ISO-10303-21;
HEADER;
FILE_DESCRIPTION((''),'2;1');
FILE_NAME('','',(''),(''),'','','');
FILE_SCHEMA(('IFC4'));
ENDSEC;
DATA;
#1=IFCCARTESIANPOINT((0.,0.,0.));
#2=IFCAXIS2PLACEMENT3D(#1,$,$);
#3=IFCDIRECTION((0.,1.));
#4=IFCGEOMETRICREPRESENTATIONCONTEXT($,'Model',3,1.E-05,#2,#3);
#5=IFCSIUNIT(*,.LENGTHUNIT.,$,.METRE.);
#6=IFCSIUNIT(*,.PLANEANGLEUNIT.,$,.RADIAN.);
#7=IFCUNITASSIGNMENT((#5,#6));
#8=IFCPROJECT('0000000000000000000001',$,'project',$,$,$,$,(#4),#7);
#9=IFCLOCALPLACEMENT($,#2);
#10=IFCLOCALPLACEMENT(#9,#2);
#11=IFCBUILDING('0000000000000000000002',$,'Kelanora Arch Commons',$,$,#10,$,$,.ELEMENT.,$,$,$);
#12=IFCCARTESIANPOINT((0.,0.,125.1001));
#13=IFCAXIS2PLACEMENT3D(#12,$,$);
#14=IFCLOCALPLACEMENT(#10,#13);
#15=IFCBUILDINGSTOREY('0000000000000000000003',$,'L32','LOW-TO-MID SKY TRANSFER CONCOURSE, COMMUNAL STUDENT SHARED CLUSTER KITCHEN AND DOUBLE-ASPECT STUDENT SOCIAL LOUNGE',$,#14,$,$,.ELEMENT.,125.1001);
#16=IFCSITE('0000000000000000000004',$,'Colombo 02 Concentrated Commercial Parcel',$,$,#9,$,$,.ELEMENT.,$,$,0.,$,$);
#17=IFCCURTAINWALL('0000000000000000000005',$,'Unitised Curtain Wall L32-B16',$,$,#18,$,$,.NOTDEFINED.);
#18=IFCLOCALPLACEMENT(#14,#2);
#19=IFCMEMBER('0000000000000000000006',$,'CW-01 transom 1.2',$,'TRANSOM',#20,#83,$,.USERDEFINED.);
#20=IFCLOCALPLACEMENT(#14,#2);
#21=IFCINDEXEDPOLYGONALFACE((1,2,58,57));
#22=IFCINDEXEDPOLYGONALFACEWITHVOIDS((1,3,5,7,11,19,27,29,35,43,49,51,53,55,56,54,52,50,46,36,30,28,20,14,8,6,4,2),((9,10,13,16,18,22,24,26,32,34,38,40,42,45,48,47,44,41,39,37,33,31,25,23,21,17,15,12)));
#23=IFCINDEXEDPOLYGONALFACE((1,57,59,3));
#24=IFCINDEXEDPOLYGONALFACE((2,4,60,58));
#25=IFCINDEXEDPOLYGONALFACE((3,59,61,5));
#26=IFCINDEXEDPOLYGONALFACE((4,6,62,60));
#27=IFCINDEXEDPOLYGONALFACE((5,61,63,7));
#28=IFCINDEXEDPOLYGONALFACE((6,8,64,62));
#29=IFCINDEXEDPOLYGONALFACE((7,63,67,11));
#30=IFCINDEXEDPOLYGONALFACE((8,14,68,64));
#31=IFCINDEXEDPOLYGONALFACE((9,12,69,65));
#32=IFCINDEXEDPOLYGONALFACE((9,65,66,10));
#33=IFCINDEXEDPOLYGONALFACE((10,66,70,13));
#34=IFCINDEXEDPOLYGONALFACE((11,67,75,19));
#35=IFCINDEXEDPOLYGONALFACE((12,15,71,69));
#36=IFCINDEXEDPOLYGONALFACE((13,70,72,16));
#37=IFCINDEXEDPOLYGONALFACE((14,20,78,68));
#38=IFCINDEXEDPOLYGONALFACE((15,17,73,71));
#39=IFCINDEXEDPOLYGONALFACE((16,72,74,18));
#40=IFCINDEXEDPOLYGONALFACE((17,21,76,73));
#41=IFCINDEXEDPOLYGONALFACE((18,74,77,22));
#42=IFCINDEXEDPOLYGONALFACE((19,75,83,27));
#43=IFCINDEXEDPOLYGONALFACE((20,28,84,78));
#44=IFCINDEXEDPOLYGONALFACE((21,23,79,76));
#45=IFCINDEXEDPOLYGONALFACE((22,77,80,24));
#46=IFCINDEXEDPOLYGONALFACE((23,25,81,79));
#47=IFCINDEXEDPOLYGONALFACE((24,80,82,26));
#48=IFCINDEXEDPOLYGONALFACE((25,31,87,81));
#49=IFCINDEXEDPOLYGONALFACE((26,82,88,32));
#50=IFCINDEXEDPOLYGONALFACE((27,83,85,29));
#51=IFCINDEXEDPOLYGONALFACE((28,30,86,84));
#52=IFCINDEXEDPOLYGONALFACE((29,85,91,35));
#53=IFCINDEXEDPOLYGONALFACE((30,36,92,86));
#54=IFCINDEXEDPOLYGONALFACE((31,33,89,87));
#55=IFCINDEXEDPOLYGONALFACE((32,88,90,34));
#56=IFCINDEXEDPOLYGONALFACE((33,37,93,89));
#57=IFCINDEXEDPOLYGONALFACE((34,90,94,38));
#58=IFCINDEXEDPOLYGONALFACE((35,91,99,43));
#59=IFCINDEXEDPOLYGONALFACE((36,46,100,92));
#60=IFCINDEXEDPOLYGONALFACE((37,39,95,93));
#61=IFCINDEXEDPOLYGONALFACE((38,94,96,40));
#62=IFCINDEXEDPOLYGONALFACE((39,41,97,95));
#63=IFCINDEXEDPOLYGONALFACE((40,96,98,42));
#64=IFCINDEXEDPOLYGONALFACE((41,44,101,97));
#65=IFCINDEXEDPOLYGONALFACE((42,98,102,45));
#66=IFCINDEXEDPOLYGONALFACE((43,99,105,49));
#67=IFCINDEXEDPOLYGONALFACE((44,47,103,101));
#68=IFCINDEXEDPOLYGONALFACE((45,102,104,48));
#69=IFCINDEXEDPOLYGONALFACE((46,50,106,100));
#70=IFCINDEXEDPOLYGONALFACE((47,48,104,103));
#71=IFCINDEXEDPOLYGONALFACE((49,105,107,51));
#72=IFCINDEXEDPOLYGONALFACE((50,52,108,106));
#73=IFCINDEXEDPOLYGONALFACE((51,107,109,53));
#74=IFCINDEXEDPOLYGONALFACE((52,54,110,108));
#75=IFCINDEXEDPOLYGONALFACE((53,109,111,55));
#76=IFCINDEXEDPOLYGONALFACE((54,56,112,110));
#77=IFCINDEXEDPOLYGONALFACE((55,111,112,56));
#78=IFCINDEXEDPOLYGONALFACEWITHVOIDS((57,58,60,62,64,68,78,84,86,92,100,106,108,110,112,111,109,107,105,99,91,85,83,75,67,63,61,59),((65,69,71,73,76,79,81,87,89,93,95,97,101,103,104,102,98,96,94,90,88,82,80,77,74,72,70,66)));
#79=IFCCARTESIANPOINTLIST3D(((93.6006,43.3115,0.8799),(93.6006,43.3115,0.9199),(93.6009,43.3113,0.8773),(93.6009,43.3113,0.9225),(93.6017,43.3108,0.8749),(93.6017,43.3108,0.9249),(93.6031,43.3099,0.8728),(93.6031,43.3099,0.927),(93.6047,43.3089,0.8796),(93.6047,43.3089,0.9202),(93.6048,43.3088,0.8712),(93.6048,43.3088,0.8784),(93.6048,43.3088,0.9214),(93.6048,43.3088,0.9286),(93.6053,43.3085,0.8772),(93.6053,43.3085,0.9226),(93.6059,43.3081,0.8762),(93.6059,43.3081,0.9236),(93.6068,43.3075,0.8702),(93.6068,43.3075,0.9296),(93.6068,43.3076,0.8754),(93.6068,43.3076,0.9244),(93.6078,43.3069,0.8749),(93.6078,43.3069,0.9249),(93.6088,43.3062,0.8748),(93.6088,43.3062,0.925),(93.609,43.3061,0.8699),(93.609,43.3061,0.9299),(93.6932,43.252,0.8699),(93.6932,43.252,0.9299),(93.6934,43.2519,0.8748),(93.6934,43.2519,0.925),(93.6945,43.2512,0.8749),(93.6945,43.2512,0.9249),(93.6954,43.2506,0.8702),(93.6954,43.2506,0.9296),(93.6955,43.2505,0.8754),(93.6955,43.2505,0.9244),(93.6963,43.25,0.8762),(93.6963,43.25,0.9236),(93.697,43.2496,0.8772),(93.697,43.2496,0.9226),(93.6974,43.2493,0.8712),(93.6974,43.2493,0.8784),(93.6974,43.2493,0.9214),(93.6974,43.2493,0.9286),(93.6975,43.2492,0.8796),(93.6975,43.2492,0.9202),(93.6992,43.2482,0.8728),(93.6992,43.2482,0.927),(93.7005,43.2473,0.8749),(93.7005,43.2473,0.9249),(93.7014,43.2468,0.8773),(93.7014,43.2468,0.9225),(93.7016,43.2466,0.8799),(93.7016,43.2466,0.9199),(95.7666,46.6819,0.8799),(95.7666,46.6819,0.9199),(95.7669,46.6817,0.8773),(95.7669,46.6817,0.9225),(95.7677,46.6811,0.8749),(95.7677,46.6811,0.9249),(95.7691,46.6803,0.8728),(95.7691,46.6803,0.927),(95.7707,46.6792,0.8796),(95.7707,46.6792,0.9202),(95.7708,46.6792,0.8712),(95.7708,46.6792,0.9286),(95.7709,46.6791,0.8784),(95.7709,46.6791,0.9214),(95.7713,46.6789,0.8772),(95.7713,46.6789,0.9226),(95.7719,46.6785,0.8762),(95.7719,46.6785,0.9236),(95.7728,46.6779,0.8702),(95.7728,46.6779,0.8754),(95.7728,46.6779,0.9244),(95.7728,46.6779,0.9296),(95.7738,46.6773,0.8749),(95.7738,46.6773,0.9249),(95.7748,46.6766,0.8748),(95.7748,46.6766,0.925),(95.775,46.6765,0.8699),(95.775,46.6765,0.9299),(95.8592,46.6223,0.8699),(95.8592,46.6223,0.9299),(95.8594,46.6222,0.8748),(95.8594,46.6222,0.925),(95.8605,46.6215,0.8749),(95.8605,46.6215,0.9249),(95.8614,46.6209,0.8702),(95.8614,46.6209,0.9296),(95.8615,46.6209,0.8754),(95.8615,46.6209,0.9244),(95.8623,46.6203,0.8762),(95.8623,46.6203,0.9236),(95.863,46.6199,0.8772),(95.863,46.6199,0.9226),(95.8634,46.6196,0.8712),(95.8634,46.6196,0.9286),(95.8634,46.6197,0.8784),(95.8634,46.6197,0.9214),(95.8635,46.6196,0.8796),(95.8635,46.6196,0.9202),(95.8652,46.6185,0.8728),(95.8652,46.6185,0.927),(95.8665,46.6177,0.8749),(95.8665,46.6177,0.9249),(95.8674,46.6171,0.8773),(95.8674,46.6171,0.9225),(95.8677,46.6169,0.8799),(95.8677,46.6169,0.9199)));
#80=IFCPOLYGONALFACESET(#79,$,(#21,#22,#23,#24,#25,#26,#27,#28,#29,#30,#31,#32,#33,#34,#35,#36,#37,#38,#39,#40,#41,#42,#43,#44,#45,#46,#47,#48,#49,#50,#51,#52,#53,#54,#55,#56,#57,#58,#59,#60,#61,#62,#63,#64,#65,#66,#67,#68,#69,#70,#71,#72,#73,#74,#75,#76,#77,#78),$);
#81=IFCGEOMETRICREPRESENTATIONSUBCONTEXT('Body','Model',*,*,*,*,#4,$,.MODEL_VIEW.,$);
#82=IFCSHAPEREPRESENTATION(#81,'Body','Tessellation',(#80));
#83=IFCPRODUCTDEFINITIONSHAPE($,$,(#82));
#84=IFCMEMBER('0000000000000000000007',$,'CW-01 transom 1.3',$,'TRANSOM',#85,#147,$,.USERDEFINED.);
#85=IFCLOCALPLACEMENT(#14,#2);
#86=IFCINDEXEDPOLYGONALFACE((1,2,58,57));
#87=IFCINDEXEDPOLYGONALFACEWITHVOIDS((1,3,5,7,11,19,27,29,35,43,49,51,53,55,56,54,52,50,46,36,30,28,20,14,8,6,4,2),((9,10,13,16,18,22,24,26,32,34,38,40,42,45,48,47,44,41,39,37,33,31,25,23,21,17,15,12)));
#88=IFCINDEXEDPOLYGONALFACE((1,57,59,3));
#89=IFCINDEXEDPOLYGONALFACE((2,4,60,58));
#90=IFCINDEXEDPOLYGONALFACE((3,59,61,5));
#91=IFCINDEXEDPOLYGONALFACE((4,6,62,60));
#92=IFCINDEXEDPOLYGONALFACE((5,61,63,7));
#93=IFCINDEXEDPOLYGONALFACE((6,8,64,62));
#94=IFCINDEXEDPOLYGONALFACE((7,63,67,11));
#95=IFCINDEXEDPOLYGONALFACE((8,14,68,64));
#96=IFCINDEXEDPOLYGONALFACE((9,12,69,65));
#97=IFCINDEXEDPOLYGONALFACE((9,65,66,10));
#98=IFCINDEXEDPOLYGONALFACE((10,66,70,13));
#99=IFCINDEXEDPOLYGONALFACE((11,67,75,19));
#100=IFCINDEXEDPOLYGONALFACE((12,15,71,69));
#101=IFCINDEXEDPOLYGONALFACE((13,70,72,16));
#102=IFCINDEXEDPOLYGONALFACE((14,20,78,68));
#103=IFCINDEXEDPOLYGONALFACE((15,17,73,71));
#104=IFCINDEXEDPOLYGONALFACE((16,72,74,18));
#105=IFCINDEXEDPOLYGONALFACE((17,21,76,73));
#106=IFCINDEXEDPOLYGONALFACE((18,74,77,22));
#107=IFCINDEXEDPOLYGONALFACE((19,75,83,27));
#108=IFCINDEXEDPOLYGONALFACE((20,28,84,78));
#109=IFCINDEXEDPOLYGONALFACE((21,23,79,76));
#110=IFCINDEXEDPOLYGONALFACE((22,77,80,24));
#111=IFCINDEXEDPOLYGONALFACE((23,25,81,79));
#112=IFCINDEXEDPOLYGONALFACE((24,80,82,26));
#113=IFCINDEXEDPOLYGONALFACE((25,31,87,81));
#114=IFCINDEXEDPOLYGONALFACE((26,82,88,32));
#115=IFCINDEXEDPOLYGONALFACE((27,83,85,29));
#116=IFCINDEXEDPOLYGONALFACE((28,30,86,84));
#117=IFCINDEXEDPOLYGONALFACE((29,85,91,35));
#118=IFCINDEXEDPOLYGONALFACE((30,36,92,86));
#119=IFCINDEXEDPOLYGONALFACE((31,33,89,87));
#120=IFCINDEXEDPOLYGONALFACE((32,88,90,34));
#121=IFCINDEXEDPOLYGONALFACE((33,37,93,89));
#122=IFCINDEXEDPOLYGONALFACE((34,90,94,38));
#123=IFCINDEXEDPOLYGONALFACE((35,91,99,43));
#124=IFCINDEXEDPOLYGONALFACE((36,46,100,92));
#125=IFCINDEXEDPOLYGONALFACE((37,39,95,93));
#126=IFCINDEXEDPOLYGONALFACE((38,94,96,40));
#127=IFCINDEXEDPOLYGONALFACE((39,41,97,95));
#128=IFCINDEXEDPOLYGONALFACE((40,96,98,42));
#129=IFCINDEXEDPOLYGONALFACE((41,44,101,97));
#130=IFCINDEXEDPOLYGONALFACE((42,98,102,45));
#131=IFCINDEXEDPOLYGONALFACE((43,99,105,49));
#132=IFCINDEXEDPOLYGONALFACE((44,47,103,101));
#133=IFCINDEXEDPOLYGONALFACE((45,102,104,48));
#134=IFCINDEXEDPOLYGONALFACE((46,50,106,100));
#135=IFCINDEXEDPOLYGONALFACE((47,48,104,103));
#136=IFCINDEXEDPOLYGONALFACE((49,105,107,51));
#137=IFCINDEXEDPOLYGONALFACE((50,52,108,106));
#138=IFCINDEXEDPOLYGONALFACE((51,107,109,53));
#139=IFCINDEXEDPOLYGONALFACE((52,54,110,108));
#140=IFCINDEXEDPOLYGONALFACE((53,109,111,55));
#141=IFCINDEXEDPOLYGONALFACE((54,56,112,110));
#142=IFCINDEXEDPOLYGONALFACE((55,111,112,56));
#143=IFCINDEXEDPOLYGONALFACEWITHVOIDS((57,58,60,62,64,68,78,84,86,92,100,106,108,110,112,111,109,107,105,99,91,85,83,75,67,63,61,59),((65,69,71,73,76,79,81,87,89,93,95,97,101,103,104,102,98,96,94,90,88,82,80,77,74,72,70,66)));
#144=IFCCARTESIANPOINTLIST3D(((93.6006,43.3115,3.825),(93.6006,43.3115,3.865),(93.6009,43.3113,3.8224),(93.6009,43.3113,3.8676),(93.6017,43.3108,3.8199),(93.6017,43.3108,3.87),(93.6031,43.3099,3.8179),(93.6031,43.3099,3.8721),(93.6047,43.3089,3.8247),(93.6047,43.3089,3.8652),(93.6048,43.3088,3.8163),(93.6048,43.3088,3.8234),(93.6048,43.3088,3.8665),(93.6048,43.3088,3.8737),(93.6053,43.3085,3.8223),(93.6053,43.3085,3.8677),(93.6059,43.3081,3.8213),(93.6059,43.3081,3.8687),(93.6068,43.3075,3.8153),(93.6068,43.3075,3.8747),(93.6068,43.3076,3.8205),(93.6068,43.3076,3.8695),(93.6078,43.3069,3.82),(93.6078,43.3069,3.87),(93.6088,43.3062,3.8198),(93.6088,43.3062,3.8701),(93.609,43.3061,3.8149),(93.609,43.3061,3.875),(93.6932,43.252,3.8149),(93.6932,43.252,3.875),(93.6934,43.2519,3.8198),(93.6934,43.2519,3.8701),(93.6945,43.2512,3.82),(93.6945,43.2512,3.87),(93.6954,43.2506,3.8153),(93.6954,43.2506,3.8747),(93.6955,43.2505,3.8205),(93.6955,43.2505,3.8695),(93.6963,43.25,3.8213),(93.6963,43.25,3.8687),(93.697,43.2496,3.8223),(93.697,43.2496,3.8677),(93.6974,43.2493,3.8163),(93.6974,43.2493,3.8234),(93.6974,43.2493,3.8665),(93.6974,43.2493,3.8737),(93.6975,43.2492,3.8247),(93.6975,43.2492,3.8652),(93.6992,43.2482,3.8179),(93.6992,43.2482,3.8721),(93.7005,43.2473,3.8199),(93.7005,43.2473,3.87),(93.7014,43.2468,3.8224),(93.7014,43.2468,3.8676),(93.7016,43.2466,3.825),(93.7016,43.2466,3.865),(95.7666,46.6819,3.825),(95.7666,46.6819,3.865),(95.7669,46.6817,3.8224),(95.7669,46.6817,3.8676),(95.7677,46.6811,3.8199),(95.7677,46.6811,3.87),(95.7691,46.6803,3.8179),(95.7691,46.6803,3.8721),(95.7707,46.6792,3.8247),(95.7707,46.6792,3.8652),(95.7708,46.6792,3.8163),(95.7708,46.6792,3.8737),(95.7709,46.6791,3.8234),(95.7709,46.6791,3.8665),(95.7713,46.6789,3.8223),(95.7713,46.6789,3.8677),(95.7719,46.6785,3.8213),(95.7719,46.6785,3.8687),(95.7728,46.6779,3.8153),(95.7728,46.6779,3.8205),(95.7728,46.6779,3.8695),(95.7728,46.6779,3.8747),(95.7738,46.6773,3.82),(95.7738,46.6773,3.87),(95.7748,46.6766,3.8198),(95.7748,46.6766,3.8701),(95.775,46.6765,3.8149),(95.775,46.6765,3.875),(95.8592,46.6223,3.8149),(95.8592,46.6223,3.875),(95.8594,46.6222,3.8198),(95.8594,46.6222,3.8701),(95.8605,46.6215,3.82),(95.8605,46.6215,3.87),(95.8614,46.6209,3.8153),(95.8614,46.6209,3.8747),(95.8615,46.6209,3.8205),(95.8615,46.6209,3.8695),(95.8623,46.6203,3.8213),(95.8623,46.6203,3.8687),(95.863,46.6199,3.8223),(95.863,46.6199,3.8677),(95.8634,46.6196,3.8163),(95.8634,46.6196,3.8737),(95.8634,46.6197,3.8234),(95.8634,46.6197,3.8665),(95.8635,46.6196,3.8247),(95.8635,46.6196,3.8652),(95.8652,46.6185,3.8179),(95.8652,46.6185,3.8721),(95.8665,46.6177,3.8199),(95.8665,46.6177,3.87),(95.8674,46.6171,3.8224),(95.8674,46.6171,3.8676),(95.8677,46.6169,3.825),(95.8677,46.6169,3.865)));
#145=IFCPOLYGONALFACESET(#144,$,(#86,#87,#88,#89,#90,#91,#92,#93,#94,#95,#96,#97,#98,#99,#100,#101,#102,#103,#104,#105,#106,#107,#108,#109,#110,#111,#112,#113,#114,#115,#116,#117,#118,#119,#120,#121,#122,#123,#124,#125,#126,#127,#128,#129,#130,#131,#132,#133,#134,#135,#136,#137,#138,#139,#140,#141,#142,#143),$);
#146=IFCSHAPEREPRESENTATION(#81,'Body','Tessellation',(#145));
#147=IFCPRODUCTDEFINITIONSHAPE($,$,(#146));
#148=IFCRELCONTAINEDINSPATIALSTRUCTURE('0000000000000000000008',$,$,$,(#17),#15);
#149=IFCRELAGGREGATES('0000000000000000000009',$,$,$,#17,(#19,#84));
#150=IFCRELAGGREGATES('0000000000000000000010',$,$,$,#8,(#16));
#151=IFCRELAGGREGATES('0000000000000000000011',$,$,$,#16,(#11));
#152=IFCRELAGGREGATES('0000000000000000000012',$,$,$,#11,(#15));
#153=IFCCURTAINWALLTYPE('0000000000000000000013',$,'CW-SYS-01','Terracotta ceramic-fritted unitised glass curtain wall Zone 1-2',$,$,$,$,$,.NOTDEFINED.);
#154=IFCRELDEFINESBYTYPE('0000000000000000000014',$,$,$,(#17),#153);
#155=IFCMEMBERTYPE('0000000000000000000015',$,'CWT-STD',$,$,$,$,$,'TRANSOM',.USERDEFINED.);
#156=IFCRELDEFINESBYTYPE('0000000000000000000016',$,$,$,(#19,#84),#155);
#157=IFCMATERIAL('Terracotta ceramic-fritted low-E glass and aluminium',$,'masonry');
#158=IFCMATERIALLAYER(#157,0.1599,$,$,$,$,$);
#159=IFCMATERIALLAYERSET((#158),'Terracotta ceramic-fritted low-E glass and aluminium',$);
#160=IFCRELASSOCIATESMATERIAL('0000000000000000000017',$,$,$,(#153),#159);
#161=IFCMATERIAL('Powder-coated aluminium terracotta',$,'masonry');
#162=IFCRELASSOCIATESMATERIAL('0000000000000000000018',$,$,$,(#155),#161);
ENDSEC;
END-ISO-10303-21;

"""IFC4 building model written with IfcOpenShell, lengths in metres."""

from ifc_helpers import new_model, si_unit, direction, frame, origin, origin_2d, place, context, subcontext, project, spatial, hollow_rectangle, extrude, material, layer, layer_set, material_profile, profile_set, type_object, element, aggregate, save


model = new_model("IFC4")

# Units and contexts
model_context = context("Model", 3, precision=1e-05, world=origin(), true_north=direction((0.0, 1.0)))
body_context = subcontext(model_context, "Body", "Model", "MODEL_VIEW")
ifc_project = project(units=[si_unit("LENGTHUNIT", "METRE"), si_unit("PLANEANGLEUNIT", "RADIAN")], contexts=[model_context])

# Site, building, storey
site_placement = place(None, origin())
site = spatial("IfcSite", under=ifc_project, at=site_placement, Name="Colombo 02 Concentrated Commercial Parcel", CompositionType="ELEMENT", RefElevation=0.0)
building_placement = place(site_placement, origin())
building = spatial("IfcBuilding", under=site, at=building_placement, Name="Kelanora Arch Commons", CompositionType="ELEMENT")
storey_placement = place(building_placement, frame((0.0, 0.0, 125.1001)))
storey = spatial("IfcBuildingStorey", under=building, at=storey_placement, Name="L32", Description="LOW-TO-MID SKY TRANSFER CONCOURSE, COMMUNAL STUDENT SHARED CLUSTER KITCHEN AND DOUBLE-ASPECT STUDENT SOCIAL LOUNGE", CompositionType="ELEMENT", Elevation=125.1001)

# Shared definitions
ifc_material_1 = material(Name="Terracotta ceramic-fritted low-E glass and aluminium", Category="masonry")
ifc_layer_1 = layer(ifc_material_1, 0.1599)
ifc_layer_set_1 = layer_set([ifc_layer_1], Name="Terracotta ceramic-fritted low-E glass and aluminium")
curtain_wall_type = type_object("IfcCurtainWallType", Name="CW-SYS-01", Description="Terracotta ceramic-fritted unitised glass curtain wall Zone 1-2", PredefinedType="NOTDEFINED", material=ifc_layer_set_1)
ifc_material_2 = material(Name="Powder-coated aluminium terracotta", Category="masonry")

# Curtain wall, members
curtain_wall_1_placement = place(storey_placement, origin())
curtain_wall_1 = element("IfcCurtainWall", 1, at=curtain_wall_1_placement, inside=storey, type_object=curtain_wall_type, Name="Unitised Curtain Wall L32-B16", PredefinedType="NOTDEFINED")
ifc_material_profile_1 = material_profile(ifc_material_2, hollow_rectangle(XDim=0.1201, YDim=0.0601, WallThickness=0.0049, InnerFilletRadius=0.0049, OuterFilletRadius=0.01, at=origin_2d()), Name="CWT120x60")
ifc_profile_set_1 = profile_set([ifc_material_profile_1], Name="Powder-coated aluminium terracotta")
member_type_1 = type_object("IfcMemberType", Name="CWT-STD", ElementType="TRANSOM", PredefinedType="USERDEFINED", material=ifc_profile_set_1)
member_1_placement = place(storey_placement, frame((93.6511, 43.2791, 0.8999), z_axis=(0.540644, 0.841252, 0.0), x_axis=(-0.841252, 0.540644, 0.0)))
member_1 = element("IfcMember", 2, at=member_1_placement, type_object=member_type_1, Name="CW-01 transom 1.2", ObjectType="TRANSOM", PredefinedType="USERDEFINED", context=body_context, shape_type="SweptSolid", body=[
    extrude(hollow_rectangle(XDim=0.1201, YDim=0.0601, WallThickness=0.0049, InnerFilletRadius=0.0049, OuterFilletRadius=0.01, at=origin_2d()), origin(), (0.0, 0.0, 1.0), 4.0063),
])
member_2_placement = place(storey_placement, frame((93.6511, 43.2791, 3.845), z_axis=(0.540644, 0.841252, 0.0), x_axis=(-0.841252, 0.540644, 0.0)))
member_2 = element("IfcMember", 3, at=member_2_placement, type_object=member_type_1, Name="CW-01 transom 1.3", ObjectType="TRANSOM", PredefinedType="USERDEFINED", context=body_context, shape_type="SweptSolid", body=[
    extrude(hollow_rectangle(XDim=0.1201, YDim=0.0601, WallThickness=0.0049, InnerFilletRadius=0.0049, OuterFilletRadius=0.01, at=origin_2d()), origin(), (0.0, 0.0, 1.0), 4.0063),
])

aggregate(curtain_wall_1, [member_1, member_2])

save(model, "model.ifc")
